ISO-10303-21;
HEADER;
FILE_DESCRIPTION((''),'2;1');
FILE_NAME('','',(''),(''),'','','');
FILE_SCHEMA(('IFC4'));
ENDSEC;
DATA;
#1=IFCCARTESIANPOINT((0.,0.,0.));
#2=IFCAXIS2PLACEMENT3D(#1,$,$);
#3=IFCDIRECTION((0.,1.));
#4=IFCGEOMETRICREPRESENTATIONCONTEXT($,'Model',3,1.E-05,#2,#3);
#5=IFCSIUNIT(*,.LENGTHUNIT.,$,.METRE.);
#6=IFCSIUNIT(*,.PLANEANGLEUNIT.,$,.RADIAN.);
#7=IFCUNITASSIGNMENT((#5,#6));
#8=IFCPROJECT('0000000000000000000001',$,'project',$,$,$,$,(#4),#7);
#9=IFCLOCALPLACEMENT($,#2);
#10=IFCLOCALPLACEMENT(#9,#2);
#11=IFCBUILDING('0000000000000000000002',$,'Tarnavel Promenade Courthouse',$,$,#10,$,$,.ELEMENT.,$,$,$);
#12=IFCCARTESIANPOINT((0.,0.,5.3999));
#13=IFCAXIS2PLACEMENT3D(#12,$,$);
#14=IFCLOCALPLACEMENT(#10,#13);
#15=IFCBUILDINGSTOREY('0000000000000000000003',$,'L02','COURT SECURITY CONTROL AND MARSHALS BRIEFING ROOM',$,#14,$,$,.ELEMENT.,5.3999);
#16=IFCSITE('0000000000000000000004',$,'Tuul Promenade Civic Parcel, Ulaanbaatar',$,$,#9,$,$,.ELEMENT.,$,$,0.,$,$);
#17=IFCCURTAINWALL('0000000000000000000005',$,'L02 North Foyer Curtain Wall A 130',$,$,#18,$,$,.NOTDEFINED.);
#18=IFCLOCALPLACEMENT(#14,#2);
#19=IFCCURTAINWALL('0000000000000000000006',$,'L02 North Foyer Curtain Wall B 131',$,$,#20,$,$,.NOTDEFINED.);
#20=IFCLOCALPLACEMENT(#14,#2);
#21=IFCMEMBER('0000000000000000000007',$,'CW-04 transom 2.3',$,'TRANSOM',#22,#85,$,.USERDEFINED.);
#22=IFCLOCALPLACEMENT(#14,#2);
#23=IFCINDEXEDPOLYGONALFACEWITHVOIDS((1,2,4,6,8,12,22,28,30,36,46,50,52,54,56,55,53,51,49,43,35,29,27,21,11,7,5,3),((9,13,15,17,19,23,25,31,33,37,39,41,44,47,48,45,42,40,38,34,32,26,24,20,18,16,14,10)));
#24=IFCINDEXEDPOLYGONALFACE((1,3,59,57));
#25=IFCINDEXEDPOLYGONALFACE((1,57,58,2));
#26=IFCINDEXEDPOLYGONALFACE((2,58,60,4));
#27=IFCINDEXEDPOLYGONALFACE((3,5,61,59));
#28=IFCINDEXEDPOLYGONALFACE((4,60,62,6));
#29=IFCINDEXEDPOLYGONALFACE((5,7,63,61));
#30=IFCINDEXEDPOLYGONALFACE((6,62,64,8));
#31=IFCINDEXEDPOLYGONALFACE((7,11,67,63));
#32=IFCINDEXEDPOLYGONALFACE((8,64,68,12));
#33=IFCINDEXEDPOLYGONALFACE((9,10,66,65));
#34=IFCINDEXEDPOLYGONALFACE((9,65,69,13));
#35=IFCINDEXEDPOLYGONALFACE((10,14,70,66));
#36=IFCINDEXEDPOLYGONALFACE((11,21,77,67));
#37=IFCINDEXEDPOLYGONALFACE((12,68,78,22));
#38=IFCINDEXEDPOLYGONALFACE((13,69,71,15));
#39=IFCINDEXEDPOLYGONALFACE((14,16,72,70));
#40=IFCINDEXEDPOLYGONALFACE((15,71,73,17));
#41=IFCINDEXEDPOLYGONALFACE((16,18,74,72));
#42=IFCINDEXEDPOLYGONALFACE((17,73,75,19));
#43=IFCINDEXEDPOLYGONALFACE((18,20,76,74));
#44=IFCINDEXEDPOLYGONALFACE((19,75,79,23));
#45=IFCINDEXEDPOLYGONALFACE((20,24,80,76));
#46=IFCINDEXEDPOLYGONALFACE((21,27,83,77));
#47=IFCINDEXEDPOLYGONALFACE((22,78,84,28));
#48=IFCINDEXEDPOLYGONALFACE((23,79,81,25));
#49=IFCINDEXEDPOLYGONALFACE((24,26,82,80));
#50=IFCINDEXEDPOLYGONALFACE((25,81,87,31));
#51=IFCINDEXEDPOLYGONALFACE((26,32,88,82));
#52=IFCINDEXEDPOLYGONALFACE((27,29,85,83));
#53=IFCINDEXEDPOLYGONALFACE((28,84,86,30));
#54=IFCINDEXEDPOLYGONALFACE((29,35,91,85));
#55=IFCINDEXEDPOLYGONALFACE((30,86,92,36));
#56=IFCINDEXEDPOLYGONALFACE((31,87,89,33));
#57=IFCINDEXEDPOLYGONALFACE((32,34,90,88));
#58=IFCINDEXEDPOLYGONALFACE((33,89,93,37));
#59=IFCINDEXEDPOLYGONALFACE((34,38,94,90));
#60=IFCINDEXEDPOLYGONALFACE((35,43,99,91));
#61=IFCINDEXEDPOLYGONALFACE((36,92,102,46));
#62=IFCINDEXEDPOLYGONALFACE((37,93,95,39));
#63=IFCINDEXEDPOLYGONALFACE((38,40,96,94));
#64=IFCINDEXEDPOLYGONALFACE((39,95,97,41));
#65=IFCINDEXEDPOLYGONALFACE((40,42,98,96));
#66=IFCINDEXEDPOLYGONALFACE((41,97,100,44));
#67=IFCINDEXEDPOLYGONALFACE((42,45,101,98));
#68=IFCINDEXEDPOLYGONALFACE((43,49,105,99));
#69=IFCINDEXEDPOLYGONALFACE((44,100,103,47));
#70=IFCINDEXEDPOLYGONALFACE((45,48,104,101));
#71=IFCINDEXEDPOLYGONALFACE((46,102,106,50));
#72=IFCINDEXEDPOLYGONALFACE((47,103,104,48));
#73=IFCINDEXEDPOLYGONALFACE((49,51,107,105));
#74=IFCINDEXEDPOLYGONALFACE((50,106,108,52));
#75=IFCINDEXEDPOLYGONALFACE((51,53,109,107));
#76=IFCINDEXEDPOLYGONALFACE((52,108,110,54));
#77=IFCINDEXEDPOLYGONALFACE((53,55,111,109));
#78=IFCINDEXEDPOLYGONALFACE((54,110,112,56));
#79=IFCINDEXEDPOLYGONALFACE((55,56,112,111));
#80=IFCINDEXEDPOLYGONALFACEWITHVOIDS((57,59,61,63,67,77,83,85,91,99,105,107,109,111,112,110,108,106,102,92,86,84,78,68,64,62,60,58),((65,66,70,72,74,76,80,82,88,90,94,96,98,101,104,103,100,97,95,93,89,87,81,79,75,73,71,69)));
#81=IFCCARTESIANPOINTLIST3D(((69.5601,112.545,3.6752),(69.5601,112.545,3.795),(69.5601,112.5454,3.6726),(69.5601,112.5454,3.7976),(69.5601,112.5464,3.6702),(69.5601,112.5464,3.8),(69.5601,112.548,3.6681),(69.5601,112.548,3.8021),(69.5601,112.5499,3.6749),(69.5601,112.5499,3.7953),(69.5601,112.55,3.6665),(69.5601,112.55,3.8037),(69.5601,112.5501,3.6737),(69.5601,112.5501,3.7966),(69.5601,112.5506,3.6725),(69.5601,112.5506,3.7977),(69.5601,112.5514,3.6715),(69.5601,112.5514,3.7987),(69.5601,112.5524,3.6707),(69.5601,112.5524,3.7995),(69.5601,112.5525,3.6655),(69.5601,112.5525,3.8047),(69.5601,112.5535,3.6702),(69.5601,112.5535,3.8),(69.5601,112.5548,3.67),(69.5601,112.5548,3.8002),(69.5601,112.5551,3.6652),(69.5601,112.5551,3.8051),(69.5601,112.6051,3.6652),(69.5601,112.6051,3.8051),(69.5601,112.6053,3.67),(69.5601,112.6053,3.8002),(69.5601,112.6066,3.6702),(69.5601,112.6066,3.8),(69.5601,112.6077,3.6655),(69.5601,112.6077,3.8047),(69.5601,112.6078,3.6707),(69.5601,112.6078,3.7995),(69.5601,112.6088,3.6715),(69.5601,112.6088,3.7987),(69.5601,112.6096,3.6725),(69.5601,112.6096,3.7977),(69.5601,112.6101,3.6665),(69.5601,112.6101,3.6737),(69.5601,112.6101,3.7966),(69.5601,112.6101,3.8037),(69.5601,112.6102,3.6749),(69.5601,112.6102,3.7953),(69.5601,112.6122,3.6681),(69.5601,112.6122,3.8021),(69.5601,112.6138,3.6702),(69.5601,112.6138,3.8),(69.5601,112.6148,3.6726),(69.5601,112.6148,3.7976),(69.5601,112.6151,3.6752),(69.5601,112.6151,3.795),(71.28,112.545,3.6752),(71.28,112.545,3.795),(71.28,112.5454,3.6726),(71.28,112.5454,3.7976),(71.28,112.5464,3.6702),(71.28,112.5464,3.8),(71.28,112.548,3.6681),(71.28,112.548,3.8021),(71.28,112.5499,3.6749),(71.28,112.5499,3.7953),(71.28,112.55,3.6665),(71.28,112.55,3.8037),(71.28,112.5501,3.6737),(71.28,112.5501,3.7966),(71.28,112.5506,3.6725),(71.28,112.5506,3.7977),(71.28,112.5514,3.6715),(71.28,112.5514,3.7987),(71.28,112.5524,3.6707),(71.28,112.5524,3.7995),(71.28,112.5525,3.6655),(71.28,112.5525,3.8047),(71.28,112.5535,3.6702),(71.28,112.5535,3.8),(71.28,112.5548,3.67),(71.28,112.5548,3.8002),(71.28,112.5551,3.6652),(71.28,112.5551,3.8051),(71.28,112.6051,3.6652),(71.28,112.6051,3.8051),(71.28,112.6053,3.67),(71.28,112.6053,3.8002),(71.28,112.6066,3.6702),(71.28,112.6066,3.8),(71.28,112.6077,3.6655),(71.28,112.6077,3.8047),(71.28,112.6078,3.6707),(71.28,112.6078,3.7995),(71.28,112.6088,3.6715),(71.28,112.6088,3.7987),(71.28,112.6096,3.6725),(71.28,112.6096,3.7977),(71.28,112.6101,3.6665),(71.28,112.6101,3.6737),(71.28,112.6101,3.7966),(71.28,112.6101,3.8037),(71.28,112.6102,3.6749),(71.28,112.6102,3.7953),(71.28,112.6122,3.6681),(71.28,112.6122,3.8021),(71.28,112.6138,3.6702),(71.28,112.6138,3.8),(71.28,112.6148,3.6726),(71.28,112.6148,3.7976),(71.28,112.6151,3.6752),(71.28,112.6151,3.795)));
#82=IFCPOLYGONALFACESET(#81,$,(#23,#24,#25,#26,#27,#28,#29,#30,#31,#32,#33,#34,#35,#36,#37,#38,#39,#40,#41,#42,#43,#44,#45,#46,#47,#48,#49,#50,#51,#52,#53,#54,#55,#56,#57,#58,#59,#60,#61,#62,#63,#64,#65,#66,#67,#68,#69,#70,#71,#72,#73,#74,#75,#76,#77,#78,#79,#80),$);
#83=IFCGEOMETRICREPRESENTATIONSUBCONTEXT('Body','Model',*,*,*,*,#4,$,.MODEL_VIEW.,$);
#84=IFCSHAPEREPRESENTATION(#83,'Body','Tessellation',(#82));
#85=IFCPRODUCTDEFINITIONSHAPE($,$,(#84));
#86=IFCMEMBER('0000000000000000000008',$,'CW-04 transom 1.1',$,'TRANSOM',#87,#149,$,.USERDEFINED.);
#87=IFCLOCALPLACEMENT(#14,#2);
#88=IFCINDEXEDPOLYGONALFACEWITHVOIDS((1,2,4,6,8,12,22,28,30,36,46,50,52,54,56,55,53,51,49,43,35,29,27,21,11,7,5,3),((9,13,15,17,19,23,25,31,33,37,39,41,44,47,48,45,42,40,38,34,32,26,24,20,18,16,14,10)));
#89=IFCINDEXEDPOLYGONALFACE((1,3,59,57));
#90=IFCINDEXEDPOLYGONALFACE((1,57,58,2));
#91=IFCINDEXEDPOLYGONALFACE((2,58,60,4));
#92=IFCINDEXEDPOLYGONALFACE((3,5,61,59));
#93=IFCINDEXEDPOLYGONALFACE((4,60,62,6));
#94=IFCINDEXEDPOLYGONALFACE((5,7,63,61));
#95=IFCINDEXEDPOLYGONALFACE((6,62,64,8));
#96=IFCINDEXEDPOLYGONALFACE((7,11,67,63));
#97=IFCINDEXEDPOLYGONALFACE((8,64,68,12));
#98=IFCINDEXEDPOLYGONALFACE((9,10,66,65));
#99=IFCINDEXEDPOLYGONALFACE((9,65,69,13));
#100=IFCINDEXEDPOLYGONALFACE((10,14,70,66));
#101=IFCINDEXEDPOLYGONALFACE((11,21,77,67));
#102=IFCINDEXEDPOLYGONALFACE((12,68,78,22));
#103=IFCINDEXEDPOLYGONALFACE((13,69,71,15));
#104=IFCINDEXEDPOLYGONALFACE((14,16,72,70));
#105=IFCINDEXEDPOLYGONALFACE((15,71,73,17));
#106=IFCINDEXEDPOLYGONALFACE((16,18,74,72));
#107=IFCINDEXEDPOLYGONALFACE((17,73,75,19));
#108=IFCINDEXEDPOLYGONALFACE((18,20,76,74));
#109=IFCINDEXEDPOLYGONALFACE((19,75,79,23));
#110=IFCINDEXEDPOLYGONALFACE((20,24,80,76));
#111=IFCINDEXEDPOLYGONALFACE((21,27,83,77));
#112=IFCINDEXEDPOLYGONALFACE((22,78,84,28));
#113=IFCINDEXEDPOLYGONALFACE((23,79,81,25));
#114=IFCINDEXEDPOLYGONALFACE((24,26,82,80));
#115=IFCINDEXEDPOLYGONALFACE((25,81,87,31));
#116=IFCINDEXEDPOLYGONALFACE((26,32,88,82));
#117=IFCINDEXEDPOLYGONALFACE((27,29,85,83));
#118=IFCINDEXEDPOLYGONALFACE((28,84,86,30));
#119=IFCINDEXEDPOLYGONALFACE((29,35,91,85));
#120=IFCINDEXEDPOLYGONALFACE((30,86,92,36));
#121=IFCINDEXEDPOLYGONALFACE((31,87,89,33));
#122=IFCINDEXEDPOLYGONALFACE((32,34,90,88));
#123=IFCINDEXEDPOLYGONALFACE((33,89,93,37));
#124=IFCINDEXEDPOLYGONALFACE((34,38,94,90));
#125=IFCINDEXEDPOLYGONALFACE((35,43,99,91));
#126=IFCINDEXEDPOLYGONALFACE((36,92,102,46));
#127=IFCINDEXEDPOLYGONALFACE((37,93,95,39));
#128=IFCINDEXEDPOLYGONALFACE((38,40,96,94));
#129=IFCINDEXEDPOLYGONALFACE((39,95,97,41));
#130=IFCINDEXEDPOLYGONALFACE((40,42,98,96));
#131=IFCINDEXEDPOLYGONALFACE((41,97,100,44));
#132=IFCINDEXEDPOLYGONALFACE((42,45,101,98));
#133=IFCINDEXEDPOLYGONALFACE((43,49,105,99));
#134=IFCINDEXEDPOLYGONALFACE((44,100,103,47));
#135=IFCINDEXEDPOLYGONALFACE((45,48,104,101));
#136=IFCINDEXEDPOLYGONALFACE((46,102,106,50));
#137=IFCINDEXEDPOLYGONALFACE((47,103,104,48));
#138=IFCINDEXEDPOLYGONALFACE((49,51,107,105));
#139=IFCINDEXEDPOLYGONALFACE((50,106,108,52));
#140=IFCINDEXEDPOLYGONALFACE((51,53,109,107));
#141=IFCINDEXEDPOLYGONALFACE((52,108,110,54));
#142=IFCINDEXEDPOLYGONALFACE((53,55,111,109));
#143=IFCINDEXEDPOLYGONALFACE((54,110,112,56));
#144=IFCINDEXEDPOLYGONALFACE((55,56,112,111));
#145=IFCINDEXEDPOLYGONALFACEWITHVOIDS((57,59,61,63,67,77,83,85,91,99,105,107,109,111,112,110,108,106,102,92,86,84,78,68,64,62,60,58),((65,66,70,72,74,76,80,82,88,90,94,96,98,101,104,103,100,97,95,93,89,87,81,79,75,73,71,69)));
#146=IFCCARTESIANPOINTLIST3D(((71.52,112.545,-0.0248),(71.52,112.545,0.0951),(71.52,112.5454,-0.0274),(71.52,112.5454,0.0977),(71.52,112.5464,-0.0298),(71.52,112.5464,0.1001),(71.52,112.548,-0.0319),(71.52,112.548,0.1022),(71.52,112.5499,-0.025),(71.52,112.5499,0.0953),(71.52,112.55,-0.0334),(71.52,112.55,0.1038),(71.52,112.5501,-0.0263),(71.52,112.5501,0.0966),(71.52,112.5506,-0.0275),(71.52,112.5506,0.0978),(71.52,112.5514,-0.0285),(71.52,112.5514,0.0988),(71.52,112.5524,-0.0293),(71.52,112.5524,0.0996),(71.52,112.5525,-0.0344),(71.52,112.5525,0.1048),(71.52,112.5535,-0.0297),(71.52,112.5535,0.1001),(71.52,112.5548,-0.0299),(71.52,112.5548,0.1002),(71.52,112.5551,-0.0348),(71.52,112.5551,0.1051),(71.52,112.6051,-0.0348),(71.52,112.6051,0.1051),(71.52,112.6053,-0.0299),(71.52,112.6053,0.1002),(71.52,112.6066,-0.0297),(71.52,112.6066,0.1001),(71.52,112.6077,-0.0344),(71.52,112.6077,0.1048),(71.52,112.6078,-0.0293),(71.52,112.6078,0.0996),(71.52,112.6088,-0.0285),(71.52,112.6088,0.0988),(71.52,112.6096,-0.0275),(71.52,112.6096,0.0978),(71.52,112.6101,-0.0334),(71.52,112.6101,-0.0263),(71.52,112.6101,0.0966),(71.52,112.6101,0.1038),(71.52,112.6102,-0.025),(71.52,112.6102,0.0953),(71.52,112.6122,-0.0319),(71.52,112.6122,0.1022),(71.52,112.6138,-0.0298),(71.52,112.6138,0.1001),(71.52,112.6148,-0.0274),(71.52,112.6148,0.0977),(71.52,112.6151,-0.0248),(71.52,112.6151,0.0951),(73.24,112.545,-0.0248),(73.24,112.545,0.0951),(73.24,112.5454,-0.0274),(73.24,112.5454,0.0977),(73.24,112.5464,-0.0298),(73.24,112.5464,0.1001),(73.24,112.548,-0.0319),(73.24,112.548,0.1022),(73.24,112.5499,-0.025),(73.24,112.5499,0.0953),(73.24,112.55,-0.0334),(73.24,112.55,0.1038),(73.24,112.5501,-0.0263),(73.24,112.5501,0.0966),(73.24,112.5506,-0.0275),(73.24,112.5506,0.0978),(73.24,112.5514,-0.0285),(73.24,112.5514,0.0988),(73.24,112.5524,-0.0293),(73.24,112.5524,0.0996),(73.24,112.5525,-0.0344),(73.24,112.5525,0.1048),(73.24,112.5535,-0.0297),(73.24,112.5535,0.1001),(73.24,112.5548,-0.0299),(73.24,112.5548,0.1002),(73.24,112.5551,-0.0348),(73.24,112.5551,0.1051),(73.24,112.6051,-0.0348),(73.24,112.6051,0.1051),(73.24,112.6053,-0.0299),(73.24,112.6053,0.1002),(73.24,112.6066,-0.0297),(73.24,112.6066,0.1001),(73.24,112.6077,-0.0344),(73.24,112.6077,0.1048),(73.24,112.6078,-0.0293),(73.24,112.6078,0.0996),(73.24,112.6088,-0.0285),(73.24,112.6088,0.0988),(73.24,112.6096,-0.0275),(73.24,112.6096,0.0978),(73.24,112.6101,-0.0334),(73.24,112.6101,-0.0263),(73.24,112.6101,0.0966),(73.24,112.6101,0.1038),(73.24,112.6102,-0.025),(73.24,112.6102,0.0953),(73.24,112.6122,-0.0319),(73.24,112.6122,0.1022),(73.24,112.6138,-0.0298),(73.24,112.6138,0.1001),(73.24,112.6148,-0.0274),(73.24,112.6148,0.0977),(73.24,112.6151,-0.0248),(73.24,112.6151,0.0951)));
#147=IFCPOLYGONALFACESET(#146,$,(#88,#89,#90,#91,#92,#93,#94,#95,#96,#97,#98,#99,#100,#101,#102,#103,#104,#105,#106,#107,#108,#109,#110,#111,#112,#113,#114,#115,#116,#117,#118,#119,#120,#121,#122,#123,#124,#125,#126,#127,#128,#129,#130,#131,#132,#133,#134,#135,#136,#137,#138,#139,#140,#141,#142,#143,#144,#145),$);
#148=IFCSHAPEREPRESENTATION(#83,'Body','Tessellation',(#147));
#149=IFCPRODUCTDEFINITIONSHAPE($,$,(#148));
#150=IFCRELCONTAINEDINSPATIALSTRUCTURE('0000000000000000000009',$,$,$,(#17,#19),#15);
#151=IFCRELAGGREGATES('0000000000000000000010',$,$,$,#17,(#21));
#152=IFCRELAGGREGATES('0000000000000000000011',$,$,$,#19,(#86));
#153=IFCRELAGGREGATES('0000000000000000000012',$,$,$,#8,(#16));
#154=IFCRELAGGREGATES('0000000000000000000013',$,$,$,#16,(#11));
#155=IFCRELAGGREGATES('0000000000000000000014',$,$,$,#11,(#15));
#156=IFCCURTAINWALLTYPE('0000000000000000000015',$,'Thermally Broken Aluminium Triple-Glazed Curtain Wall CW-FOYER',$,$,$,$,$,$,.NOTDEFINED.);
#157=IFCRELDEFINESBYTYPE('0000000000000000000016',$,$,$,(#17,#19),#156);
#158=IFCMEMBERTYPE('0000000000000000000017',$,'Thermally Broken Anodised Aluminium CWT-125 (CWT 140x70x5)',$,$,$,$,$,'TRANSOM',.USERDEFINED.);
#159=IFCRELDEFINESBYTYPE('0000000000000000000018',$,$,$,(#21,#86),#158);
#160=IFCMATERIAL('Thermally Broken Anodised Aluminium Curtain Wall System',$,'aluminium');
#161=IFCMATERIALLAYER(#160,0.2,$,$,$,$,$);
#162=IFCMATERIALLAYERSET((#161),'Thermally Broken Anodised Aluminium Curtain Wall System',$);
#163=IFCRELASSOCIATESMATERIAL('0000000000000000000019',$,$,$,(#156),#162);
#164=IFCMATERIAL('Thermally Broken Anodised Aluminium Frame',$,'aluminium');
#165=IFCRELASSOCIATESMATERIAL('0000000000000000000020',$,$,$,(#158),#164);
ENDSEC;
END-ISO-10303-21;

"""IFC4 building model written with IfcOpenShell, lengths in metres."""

from ifc_helpers import new_model, si_unit, direction, frame, origin, origin_2d, place, context, subcontext, project, spatial, hollow_rectangle, extrude, material, layer, layer_set, material_profile, profile_set, type_object, element, aggregate, save


model = new_model("IFC4")

# Units and contexts
model_context = context("Model", 3, precision=1e-05, world=origin(), true_north=direction((0.0, 1.0)))
body_context = subcontext(model_context, "Body", "Model", "MODEL_VIEW")
ifc_project = project(units=[si_unit("LENGTHUNIT", "METRE"), si_unit("PLANEANGLEUNIT", "RADIAN")], contexts=[model_context])

# Site, building, storey
site_placement = place(None, origin())
site = spatial("IfcSite", under=ifc_project, at=site_placement, Name="Tuul Promenade Civic Parcel, Ulaanbaatar", CompositionType="ELEMENT", RefElevation=0.0)
building_placement = place(site_placement, origin())
building = spatial("IfcBuilding", under=site, at=building_placement, Name="Tarnavel Promenade Courthouse", CompositionType="ELEMENT")
storey_placement = place(building_placement, frame((0.0, 0.0, 5.3999)))
storey = spatial("IfcBuildingStorey", under=building, at=storey_placement, Name="L02", Description="COURT SECURITY CONTROL AND MARSHALS BRIEFING ROOM", CompositionType="ELEMENT", Elevation=5.3999)

# Curtain walls
ifc_material_1 = material(Name="Thermally Broken Anodised Aluminium Curtain Wall System", Category="aluminium")
ifc_layer_1 = layer(ifc_material_1, 0.2)
ifc_layer_set_1 = layer_set([ifc_layer_1], Name="Thermally Broken Anodised Aluminium Curtain Wall System")
curtain_wall_type = type_object("IfcCurtainWallType", Name="Thermally Broken Aluminium Triple-Glazed Curtain Wall CW-FOYER", PredefinedType="NOTDEFINED", material=ifc_layer_set_1)
curtain_wall_1_placement = place(storey_placement, origin())
curtain_wall_1 = element("IfcCurtainWall", 1, at=curtain_wall_1_placement, inside=storey, type_object=curtain_wall_type, Name="L02 North Foyer Curtain Wall A 130", PredefinedType="NOTDEFINED")
ifc_material_2 = material(Name="Thermally Broken Anodised Aluminium Frame", Category="aluminium")
curtain_wall_2_placement = place(storey_placement, origin())
curtain_wall_2 = element("IfcCurtainWall", 2, at=curtain_wall_2_placement, inside=storey, type_object=curtain_wall_type, Name="L02 North Foyer Curtain Wall B 131", PredefinedType="NOTDEFINED")

# Members
ifc_material_profile_1 = material_profile(ifc_material_2, hollow_rectangle(XDim=0.0701, YDim=0.1399, WallThickness=0.0049, InnerFilletRadius=0.0049, OuterFilletRadius=0.01, at=origin_2d()), Name="CWT 140x70x5")
ifc_profile_set_1 = profile_set([ifc_material_profile_1], Name="Thermally Broken Anodised Aluminium Frame")
member_type_1 = type_object("IfcMemberType", Name="Thermally Broken Anodised Aluminium CWT-125 (CWT 140x70x5)", ElementType="TRANSOM", PredefinedType="USERDEFINED", material=ifc_profile_set_1)
member_1_placement = place(storey_placement, frame((69.5601, 112.5801, 3.7351), z_axis=(1.0, 0.0, 0.0), x_axis=(0.0, 1.0, 0.0)))
member_1 = element("IfcMember", 3, at=member_1_placement, type_object=member_type_1, Name="CW-04 transom 2.3", ObjectType="TRANSOM", PredefinedType="USERDEFINED", context=body_context, shape_type="SweptSolid", body=[
    extrude(hollow_rectangle(XDim=0.0701, YDim=0.1399, WallThickness=0.0049, InnerFilletRadius=0.0049, OuterFilletRadius=0.01, at=origin_2d()), origin(), (0.0, 0.0, 1.0), 1.72),
])
member_2_placement = place(storey_placement, frame((71.52, 112.5801, 0.0352), z_axis=(1.0, 0.0, 0.0), x_axis=(0.0, 1.0, 0.0)))
member_2 = element("IfcMember", 4, at=member_2_placement, type_object=member_type_1, Name="CW-04 transom 1.1", ObjectType="TRANSOM", PredefinedType="USERDEFINED", context=body_context, shape_type="SweptSolid", body=[
    extrude(hollow_rectangle(XDim=0.0701, YDim=0.1399, WallThickness=0.0049, InnerFilletRadius=0.0049, OuterFilletRadius=0.01, at=origin_2d()), origin(), (0.0, 0.0, 1.0), 1.72),
])

aggregate(curtain_wall_1, [member_1])
aggregate(curtain_wall_2, [member_2])

save(model, "model.ifc")
